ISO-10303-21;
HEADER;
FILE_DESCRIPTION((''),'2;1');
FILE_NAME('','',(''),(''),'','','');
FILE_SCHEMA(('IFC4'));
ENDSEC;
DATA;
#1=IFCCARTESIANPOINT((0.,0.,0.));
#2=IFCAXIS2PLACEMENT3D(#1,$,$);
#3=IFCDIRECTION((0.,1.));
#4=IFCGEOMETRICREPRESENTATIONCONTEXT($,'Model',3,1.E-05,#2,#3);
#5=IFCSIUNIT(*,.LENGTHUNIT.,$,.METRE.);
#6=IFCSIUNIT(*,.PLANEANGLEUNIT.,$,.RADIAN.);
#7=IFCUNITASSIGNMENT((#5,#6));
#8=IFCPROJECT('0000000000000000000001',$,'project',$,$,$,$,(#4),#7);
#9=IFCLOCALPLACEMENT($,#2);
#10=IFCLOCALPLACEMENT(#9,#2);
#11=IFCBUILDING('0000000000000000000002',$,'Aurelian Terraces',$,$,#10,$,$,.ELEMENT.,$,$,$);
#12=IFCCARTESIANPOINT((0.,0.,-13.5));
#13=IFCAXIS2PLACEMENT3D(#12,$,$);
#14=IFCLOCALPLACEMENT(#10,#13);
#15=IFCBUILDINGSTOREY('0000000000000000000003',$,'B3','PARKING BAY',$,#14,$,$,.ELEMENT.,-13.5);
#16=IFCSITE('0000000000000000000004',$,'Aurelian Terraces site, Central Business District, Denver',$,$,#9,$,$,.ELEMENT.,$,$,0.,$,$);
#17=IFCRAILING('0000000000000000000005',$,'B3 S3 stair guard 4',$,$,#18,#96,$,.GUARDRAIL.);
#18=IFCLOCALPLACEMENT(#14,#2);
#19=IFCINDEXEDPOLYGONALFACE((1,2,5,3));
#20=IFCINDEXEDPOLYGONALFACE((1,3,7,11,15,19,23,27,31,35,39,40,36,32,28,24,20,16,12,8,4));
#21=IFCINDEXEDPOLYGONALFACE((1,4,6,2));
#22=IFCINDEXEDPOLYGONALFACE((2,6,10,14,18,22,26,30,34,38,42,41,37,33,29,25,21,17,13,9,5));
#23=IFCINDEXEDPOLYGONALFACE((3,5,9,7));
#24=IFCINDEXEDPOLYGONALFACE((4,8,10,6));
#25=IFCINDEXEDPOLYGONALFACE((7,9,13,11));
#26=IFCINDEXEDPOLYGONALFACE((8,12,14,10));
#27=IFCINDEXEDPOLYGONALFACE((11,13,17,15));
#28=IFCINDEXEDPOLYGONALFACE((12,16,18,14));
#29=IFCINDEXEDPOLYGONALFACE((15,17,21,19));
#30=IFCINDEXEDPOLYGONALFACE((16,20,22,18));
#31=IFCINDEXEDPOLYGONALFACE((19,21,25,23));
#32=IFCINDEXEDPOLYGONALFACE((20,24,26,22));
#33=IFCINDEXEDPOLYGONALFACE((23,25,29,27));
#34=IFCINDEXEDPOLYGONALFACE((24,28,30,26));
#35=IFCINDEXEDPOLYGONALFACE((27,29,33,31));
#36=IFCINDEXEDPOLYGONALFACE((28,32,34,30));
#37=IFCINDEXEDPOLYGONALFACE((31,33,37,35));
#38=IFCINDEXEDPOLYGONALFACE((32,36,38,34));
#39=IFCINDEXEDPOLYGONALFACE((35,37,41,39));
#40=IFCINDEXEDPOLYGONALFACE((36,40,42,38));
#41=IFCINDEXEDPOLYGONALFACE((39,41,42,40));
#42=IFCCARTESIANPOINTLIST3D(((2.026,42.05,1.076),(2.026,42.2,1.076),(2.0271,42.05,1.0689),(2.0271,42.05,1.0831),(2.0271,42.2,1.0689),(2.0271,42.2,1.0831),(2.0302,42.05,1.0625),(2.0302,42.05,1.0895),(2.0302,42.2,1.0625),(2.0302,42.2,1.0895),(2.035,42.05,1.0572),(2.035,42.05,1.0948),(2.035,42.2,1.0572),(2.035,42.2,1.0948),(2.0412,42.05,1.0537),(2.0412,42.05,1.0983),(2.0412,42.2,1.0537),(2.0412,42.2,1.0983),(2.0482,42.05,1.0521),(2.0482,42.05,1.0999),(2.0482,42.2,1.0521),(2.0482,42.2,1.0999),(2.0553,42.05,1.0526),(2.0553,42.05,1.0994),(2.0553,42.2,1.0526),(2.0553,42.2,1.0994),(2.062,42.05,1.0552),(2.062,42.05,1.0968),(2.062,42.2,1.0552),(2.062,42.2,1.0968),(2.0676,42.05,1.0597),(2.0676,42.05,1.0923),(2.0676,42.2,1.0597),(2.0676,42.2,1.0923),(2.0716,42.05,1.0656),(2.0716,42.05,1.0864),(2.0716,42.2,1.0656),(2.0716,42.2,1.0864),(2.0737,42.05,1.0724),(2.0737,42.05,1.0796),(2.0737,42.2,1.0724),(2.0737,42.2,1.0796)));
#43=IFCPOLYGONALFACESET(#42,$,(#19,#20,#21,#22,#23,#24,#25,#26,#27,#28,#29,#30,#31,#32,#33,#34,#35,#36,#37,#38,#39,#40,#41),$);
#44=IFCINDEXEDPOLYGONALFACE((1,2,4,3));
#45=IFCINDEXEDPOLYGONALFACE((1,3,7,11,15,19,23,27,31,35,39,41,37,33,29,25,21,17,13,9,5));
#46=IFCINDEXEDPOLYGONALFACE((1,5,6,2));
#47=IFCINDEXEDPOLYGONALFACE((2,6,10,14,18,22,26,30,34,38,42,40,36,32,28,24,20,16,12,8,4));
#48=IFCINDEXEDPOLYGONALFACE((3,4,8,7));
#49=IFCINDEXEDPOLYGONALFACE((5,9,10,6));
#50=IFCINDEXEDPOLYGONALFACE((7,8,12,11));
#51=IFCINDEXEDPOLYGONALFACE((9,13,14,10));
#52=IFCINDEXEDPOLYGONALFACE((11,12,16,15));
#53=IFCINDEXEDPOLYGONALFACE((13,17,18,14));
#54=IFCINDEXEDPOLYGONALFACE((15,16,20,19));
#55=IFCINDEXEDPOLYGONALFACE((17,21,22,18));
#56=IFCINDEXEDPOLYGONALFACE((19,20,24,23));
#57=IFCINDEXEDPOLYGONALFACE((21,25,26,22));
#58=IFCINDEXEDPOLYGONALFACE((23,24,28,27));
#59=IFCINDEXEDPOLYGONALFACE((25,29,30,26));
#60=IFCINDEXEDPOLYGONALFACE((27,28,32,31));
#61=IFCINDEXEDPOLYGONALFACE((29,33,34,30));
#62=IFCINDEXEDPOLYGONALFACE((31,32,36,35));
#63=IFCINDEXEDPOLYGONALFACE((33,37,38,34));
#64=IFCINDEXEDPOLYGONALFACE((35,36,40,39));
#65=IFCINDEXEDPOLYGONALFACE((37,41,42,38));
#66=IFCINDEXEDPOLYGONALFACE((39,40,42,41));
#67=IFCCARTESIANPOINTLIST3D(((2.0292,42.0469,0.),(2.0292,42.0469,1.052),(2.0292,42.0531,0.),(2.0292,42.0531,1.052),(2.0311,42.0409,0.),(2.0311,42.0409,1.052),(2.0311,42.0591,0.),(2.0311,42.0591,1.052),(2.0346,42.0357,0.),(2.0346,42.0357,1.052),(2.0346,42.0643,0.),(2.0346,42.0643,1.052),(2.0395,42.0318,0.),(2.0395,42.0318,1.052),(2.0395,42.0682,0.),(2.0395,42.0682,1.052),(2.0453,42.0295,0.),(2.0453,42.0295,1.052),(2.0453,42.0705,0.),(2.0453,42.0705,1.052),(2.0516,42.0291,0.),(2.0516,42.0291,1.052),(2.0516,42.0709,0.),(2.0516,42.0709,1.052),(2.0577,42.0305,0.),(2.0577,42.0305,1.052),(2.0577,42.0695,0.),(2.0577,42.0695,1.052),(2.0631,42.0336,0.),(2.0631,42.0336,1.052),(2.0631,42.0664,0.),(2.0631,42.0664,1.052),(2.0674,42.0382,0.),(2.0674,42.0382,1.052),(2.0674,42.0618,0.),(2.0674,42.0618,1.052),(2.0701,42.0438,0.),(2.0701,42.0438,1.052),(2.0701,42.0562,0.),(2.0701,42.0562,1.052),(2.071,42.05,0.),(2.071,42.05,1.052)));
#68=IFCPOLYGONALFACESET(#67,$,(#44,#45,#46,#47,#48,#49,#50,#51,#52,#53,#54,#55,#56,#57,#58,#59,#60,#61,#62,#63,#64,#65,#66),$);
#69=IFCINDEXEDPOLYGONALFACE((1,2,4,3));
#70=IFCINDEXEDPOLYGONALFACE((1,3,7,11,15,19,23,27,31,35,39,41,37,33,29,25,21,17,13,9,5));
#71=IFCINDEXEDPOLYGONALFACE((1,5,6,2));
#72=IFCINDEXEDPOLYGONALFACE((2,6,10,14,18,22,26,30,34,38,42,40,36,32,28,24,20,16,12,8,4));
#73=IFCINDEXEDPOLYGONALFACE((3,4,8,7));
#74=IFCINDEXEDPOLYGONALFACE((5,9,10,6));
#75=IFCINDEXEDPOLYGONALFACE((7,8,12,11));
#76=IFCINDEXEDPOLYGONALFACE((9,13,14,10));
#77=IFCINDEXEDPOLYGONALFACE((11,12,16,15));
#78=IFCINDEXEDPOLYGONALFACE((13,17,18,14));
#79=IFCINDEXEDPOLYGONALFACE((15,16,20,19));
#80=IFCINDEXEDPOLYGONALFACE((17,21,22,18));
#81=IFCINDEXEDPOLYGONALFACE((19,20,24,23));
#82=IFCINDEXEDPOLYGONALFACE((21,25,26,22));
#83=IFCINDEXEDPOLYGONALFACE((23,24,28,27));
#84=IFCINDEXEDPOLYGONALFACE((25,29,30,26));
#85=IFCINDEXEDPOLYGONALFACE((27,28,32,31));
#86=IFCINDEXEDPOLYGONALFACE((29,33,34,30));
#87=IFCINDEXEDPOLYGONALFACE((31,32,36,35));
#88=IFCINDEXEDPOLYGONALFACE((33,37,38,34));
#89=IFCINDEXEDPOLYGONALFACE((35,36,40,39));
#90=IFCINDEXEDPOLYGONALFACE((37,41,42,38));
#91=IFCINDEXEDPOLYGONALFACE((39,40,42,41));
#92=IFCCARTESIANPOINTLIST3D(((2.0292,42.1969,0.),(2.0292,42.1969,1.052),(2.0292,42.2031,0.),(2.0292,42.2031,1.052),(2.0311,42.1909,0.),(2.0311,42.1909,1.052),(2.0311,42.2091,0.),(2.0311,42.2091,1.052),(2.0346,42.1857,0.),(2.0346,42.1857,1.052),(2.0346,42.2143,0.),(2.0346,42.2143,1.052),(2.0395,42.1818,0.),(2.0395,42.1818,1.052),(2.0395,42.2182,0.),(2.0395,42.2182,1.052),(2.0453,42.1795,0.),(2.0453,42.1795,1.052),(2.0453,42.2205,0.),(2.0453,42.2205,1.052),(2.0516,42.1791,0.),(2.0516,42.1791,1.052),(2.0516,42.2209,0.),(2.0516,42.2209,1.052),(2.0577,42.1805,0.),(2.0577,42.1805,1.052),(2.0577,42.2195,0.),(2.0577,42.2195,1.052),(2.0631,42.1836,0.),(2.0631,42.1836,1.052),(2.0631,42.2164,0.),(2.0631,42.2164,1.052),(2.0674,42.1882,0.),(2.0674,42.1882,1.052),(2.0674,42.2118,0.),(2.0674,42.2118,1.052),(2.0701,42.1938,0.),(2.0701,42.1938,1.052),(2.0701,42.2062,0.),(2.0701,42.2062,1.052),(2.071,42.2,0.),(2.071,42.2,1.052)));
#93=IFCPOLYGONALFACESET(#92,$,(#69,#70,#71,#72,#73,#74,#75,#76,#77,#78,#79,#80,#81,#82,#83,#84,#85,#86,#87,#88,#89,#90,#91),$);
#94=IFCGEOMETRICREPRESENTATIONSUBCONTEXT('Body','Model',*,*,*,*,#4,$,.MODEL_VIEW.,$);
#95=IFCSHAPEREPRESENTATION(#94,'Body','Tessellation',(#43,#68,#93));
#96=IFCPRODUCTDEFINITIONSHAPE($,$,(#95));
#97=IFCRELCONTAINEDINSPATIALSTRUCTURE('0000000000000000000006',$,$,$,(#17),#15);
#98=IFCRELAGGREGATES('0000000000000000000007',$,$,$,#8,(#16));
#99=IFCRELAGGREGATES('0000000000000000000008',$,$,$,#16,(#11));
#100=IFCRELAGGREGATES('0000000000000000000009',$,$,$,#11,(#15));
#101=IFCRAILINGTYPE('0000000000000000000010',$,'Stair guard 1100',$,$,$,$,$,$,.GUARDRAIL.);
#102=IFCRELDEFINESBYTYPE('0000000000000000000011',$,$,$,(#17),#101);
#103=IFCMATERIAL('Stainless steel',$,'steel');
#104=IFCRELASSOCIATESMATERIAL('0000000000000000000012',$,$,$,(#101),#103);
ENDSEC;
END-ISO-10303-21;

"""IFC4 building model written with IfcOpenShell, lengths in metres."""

from ifc_helpers import new_model, si_unit, direction, frame, origin, origin_2d, place, context, subcontext, project, spatial, circle, extrude, source, transform, mapped, material, type_object, element, save


model = new_model("IFC4")

# Units and contexts
model_context = context("Model", 3, precision=1e-05, world=origin(), true_north=direction((0.0, 1.0)))
body_context = subcontext(model_context, "Body", "Model", "MODEL_VIEW")
ifc_project = project(units=[si_unit("LENGTHUNIT", "METRE"), si_unit("PLANEANGLEUNIT", "RADIAN")], contexts=[model_context])

# Site, building, storey
site_placement = place(None, origin())
site = spatial("IfcSite", under=ifc_project, at=site_placement, Name="Aurelian Terraces site, Central Business District, Denver", CompositionType="ELEMENT", RefElevation=0.0)
building_placement = place(site_placement, origin())
building = spatial("IfcBuilding", under=site, at=building_placement, Name="Aurelian Terraces", CompositionType="ELEMENT")
storey_placement = place(building_placement, frame((0.0, 0.0, -13.5)))
storey = spatial("IfcBuildingStorey", under=building, at=storey_placement, Name="B3", Description="PARKING BAY", CompositionType="ELEMENT", Elevation=-13.5)

# Railing
ifc_material_1 = material(Name="Stainless steel", Category="steel")
railing_type_1 = type_object("IfcRailingType", Name="Stair guard 1100", PredefinedType="GUARDRAIL", material=ifc_material_1)
shared_shape_1 = source(origin(), body_context, "Body", "SweptSolid", [
    extrude(circle(Radius=0.024, at=origin_2d()), frame((0.0, 0.0, 1.076), z_axis=(0.0, 1.0, 0.0), x_axis=(-1.0, 0.0, 0.0)), (0.0, 0.0, 1.0), 0.15),
    extrude(circle(Radius=0.021, at=origin_2d()), origin(), (0.0, 0.0, 1.0), 1.052),
    extrude(circle(Radius=0.021, at=origin_2d()), frame((0.0, 0.15, 0.0)), (0.0, 0.0, 1.0), 1.052),
])
railing_1_placement = place(storey_placement, frame((2.05, 42.05, 0.0)))
element("IfcRailing", 1, at=railing_1_placement, inside=storey, type_object=railing_type_1, Name="B3 S3 stair guard 4", PredefinedType="GUARDRAIL", context=body_context, shape_type="MappedRepresentation", body=[
    mapped(shared_shape_1, transform((0.0, 0.0, 0.0), scale=1.0)),
])

save(model, "model.ifc")
